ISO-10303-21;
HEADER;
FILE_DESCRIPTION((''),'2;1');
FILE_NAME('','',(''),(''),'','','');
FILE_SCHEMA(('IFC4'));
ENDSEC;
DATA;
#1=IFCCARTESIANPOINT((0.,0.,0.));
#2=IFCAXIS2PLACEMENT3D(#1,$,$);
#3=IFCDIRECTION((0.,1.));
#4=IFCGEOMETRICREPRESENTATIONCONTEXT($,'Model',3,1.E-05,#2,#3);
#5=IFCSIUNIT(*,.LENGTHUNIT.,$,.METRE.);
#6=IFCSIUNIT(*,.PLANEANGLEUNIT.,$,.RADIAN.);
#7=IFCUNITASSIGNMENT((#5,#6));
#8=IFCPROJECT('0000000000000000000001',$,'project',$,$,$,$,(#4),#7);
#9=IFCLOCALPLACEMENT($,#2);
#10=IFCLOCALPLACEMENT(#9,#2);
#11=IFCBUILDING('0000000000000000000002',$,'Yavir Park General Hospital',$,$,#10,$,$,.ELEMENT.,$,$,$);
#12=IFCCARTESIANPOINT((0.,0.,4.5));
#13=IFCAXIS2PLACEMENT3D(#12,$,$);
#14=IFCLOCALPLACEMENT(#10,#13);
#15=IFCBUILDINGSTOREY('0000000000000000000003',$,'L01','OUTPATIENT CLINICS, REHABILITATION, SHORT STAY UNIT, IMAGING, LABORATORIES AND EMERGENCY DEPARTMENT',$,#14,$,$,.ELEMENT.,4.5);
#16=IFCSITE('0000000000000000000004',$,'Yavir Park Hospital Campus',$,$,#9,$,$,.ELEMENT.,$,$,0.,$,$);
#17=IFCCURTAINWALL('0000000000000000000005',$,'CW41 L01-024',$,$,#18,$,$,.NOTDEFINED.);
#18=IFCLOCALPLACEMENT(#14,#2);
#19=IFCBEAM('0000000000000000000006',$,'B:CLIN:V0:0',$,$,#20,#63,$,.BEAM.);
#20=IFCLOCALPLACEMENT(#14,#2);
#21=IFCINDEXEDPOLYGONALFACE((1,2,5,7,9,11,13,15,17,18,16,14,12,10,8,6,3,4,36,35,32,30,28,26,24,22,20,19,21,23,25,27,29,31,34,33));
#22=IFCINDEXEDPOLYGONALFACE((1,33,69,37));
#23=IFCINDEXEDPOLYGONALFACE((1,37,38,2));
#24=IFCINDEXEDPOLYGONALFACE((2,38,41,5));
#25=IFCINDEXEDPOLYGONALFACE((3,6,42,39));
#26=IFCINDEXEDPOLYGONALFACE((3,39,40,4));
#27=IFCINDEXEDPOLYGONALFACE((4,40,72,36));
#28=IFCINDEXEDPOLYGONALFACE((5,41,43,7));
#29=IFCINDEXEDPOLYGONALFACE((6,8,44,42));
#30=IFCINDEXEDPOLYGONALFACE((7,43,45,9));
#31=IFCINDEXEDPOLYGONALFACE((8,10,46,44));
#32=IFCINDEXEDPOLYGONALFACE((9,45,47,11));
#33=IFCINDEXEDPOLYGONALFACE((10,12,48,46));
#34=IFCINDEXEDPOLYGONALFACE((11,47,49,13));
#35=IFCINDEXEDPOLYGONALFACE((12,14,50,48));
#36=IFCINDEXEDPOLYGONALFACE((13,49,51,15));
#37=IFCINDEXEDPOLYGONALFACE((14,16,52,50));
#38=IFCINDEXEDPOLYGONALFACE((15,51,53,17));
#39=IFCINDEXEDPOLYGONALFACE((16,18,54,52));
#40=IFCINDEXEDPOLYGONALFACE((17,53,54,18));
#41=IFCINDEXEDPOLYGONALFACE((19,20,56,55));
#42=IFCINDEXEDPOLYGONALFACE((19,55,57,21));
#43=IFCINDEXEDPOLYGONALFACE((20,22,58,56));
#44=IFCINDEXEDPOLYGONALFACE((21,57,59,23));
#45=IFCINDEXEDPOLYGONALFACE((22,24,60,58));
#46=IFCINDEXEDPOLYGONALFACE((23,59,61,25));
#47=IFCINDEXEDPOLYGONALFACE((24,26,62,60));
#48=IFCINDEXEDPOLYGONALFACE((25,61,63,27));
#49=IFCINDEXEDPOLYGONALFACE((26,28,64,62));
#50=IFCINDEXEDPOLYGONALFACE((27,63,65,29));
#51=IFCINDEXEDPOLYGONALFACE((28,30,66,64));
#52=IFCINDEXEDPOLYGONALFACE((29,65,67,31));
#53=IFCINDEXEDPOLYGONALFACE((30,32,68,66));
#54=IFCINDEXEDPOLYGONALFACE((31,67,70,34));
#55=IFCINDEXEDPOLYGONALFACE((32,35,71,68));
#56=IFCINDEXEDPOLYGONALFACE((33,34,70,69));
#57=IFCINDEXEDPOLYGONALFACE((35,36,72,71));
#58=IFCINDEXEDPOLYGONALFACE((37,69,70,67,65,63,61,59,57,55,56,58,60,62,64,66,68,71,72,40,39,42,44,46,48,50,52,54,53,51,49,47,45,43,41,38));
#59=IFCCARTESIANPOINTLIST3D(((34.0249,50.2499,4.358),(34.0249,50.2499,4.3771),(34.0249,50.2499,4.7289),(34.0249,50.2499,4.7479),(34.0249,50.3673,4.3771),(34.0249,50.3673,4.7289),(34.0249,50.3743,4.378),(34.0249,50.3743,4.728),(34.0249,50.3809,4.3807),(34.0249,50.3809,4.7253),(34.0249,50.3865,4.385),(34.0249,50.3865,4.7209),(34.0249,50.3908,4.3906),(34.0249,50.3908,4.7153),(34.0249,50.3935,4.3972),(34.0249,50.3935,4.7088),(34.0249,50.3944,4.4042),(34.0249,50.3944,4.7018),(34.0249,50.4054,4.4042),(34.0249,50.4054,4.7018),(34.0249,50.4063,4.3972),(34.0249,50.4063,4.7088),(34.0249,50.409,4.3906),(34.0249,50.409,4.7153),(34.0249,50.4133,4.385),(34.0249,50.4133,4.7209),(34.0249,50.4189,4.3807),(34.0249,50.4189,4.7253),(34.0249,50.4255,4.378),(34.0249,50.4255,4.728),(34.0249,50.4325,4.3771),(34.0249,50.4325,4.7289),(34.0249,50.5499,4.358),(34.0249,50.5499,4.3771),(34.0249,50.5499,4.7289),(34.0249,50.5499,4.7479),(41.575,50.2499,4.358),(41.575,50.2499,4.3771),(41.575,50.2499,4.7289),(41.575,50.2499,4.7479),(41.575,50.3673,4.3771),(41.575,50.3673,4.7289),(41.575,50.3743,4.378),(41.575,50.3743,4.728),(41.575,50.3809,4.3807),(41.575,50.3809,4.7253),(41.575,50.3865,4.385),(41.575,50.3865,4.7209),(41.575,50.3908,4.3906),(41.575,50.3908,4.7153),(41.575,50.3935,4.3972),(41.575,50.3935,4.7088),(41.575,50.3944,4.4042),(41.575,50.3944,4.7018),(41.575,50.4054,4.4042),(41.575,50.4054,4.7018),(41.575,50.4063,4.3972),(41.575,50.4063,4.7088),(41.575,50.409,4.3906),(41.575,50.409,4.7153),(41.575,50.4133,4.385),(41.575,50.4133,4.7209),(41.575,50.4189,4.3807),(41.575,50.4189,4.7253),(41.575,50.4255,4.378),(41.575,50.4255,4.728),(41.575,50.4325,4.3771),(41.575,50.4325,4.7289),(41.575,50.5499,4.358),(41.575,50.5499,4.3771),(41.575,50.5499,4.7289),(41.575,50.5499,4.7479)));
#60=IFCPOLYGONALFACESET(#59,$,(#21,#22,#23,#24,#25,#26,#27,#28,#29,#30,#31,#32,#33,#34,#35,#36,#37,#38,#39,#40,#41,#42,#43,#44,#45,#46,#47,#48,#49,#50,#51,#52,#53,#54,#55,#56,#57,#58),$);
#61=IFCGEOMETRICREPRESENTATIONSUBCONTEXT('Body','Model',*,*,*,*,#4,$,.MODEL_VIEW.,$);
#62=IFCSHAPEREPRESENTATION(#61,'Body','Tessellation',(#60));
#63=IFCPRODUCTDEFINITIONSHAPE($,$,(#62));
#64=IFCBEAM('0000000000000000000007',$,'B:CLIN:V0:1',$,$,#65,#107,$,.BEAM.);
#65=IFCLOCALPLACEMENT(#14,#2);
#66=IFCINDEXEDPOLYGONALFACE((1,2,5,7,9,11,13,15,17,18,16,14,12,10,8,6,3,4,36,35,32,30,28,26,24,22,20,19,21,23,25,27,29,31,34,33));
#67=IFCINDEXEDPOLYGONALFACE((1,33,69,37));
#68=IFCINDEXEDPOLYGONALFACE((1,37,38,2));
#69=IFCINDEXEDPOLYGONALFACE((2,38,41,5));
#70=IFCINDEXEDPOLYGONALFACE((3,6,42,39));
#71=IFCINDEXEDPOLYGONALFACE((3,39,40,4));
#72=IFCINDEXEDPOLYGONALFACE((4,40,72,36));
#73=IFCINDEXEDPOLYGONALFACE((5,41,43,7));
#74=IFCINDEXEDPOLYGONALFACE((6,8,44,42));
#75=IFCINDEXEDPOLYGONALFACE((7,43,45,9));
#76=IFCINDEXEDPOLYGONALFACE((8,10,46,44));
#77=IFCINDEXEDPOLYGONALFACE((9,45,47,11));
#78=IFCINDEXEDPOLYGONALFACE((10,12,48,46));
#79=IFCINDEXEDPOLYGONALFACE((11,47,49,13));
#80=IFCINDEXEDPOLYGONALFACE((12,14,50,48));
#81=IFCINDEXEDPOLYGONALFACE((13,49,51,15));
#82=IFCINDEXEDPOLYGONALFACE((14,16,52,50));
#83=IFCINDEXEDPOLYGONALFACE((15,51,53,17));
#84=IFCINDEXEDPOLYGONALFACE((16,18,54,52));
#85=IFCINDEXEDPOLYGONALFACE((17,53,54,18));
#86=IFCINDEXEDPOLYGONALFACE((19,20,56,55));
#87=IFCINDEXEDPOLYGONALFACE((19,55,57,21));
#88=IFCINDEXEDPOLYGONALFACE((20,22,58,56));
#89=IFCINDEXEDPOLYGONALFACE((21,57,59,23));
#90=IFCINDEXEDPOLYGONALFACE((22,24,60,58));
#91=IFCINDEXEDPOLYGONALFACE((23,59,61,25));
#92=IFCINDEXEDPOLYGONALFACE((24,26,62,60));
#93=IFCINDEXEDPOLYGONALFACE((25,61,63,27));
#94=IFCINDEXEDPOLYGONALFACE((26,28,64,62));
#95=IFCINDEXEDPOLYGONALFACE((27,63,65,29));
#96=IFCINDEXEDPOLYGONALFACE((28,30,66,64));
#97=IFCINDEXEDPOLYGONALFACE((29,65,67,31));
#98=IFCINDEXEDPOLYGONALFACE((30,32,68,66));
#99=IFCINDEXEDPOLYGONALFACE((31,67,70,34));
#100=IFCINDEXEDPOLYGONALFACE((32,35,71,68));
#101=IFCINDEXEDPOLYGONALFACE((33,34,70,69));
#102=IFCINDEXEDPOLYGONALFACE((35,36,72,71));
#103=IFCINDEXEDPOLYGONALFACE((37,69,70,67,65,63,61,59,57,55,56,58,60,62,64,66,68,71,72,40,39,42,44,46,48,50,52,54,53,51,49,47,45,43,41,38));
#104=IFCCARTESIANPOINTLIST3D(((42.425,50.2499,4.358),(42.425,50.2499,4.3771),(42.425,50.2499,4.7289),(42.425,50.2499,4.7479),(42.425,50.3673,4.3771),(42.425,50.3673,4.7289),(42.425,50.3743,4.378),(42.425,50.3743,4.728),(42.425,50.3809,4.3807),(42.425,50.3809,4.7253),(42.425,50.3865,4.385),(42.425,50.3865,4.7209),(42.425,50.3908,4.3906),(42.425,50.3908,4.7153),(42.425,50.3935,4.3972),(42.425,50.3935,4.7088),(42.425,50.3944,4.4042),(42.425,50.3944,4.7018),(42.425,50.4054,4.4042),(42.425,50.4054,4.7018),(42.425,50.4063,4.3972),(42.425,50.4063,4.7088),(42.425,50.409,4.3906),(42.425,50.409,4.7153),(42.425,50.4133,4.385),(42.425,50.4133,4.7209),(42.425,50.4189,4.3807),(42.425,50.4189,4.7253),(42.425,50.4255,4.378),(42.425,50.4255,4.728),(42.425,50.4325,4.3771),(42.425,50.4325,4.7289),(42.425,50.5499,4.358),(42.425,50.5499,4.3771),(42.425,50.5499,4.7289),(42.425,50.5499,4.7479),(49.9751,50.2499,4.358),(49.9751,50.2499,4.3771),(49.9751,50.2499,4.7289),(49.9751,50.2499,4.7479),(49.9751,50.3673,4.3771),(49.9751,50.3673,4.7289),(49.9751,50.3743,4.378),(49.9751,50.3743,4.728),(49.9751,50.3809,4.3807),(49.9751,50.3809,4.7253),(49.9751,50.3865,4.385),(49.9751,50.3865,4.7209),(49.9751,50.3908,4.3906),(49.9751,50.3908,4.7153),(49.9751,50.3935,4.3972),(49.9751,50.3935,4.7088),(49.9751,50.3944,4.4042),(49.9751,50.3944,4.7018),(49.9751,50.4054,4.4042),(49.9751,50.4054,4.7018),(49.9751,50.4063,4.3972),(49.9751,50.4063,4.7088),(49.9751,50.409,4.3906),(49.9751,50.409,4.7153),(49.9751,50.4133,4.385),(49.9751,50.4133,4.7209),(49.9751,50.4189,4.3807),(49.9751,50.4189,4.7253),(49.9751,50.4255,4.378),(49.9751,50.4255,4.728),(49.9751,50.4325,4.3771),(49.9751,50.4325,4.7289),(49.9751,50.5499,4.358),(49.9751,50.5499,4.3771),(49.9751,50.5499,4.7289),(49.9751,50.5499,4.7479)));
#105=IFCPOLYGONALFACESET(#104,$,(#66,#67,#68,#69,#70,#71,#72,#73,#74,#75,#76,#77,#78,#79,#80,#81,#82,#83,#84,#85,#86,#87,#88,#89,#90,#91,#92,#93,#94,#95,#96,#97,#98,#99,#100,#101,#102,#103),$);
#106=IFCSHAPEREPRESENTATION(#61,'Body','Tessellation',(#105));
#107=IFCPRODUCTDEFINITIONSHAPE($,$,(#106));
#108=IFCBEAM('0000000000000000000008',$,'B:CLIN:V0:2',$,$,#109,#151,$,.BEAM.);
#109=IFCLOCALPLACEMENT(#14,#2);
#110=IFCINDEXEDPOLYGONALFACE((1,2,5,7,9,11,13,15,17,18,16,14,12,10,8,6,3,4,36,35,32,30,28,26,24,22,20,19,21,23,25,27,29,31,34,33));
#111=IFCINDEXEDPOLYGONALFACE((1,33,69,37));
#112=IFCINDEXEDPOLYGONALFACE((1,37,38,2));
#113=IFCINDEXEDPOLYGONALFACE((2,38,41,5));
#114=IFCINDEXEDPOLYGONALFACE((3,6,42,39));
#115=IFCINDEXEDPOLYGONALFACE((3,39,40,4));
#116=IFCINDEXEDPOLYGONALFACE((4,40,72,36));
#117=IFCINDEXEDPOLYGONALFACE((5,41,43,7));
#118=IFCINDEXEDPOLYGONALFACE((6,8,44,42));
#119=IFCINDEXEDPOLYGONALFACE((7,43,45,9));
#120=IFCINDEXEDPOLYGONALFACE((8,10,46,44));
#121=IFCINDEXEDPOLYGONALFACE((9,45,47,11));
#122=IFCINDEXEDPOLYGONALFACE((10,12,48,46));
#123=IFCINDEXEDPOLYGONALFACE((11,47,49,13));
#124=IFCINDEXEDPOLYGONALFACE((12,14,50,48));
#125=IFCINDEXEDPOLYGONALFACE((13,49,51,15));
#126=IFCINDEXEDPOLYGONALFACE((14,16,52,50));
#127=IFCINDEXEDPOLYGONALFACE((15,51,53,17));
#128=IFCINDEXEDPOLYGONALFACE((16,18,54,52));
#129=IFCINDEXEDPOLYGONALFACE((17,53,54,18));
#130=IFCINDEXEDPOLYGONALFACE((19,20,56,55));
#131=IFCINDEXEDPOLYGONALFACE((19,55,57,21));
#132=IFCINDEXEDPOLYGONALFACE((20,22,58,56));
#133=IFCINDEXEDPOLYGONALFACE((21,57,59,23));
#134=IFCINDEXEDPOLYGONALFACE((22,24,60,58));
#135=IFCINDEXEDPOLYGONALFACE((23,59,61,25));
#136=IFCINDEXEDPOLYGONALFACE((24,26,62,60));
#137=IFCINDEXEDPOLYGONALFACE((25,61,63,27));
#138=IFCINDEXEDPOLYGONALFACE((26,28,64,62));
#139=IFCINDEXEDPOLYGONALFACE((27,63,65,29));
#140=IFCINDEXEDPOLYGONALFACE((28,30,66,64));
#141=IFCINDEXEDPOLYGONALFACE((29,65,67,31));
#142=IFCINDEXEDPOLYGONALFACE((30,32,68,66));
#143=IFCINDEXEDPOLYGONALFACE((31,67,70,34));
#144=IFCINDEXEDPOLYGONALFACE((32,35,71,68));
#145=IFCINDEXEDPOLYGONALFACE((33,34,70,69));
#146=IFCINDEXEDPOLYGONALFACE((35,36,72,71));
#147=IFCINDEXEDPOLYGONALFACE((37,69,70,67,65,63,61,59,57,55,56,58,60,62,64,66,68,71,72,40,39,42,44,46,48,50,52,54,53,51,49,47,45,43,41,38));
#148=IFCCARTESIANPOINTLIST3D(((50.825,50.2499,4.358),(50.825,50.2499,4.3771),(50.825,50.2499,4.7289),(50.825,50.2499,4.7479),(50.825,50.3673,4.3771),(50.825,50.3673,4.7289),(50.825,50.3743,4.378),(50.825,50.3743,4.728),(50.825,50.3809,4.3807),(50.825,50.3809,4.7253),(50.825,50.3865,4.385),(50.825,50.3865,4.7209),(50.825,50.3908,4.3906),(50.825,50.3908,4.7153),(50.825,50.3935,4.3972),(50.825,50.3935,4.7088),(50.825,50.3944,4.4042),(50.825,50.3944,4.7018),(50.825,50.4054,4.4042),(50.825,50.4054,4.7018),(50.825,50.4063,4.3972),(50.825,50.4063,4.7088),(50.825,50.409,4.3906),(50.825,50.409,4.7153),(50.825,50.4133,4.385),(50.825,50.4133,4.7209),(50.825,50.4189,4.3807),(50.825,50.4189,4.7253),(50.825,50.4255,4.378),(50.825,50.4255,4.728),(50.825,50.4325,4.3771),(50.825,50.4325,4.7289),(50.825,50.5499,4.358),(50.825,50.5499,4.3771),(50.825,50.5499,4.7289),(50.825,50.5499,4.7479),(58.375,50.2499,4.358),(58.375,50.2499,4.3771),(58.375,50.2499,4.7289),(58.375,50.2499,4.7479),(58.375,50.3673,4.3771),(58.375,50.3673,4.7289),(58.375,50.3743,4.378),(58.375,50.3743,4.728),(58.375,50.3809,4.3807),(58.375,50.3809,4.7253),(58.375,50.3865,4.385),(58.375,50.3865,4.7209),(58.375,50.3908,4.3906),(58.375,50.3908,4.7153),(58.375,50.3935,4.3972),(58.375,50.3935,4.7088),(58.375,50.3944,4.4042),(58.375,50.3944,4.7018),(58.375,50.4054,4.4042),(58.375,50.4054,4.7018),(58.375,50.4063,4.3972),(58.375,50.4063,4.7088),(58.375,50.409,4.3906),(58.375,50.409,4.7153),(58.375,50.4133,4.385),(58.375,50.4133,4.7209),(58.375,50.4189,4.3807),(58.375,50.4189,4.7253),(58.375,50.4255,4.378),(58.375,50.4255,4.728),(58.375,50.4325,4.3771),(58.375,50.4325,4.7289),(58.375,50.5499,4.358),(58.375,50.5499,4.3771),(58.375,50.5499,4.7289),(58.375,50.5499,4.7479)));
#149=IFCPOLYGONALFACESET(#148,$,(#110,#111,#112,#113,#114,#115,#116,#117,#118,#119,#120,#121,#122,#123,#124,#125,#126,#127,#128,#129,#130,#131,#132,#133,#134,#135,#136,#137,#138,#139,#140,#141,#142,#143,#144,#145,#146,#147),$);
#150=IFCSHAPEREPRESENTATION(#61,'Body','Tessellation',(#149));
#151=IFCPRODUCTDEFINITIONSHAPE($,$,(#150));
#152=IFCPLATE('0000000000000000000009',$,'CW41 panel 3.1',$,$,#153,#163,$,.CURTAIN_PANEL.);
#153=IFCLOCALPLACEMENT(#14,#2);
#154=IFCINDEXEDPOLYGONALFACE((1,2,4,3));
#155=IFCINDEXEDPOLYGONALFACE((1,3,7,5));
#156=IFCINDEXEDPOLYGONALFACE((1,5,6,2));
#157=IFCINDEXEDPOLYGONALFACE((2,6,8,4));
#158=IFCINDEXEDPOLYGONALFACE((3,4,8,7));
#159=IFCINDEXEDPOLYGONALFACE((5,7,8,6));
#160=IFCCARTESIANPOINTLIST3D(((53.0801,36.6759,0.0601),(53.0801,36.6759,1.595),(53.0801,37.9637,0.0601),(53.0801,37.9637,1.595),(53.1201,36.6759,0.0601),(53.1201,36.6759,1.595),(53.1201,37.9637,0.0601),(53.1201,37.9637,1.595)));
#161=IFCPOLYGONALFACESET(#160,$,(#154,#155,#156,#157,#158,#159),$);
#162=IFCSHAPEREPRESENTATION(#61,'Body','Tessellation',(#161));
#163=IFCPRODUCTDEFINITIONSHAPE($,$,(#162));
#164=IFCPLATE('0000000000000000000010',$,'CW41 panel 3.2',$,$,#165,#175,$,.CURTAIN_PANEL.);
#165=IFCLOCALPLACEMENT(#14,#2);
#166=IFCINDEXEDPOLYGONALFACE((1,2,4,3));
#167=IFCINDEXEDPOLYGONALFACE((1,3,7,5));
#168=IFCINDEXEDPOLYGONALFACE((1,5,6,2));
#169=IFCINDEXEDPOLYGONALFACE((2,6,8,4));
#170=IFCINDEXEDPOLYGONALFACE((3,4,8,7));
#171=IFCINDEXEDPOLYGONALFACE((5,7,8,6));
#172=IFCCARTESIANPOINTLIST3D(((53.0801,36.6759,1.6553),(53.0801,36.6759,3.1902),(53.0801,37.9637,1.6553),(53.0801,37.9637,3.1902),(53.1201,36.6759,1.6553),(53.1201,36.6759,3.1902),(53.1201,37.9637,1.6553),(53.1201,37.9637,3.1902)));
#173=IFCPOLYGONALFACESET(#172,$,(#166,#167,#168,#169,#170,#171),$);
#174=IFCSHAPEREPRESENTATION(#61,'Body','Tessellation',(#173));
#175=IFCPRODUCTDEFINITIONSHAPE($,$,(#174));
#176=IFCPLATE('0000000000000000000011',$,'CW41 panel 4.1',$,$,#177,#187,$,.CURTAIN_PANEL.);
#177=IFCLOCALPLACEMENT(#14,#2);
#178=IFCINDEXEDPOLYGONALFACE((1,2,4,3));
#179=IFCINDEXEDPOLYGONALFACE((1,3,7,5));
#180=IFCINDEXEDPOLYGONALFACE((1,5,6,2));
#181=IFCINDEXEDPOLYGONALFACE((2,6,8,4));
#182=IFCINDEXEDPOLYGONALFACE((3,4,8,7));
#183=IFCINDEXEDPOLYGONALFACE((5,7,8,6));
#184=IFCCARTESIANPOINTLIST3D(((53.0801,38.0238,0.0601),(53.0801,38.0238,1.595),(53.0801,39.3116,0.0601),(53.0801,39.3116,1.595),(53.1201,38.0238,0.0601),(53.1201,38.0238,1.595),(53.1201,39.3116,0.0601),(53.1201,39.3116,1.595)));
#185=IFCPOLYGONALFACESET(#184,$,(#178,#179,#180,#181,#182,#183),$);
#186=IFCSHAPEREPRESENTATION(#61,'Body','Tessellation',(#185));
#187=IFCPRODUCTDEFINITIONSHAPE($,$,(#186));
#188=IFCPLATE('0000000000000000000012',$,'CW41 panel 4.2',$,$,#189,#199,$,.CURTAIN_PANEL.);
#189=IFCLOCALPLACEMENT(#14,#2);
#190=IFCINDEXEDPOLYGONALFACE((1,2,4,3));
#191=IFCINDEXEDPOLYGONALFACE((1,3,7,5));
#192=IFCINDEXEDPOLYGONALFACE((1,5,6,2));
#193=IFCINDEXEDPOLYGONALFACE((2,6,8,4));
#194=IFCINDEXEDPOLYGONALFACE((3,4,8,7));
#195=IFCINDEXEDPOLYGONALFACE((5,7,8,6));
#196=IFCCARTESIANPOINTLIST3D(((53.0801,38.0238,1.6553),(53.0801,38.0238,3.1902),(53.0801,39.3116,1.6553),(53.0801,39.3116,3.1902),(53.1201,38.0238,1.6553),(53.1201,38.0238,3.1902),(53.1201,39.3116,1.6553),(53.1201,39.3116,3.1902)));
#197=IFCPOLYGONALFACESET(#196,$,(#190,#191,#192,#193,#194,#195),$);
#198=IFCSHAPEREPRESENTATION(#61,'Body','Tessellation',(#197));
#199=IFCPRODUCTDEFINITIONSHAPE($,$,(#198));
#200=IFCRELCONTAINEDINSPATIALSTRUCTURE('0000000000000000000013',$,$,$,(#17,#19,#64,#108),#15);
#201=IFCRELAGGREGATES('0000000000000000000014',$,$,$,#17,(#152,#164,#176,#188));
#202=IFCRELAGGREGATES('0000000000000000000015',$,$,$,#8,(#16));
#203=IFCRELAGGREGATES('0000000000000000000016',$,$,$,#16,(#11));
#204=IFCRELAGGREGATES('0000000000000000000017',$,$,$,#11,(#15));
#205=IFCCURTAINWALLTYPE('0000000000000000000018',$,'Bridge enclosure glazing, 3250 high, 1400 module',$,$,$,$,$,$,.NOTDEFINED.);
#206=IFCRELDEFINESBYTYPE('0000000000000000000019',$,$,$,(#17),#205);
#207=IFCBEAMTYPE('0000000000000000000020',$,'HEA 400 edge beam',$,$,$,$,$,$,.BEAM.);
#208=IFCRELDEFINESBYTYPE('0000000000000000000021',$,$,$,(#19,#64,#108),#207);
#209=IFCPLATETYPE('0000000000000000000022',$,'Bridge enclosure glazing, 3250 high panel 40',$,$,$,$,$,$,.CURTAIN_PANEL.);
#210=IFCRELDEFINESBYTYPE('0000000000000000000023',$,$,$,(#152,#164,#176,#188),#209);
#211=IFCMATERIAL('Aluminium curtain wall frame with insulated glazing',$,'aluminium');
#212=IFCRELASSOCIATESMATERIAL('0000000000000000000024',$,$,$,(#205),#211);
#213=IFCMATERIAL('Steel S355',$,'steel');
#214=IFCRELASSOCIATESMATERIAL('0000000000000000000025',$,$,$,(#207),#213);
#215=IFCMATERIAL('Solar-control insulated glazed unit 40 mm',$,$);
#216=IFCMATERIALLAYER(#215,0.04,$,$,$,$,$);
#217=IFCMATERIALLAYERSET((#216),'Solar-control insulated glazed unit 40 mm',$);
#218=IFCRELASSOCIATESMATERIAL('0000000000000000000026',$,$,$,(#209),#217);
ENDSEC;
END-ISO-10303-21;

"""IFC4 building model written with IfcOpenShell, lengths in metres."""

from ifc_helpers import new_model, si_unit, direction, frame, origin, origin_2d, place, context, subcontext, project, spatial, rectangle, i_section, extrude, material, layer, layer_set, material_profile, profile_set, type_object, element, aggregate, save


model = new_model("IFC4")

# Units and contexts
model_context = context("Model", 3, precision=1e-05, world=origin(), true_north=direction((0.0, 1.0)))
body_context = subcontext(model_context, "Body", "Model", "MODEL_VIEW")
ifc_project = project(units=[si_unit("LENGTHUNIT", "METRE"), si_unit("PLANEANGLEUNIT", "RADIAN")], contexts=[model_context])

# Site, building, storey
site_placement = place(None, origin())
site = spatial("IfcSite", under=ifc_project, at=site_placement, Name="Yavir Park Hospital Campus", CompositionType="ELEMENT", RefElevation=0.0)
building_placement = place(site_placement, origin())
building = spatial("IfcBuilding", under=site, at=building_placement, Name="Yavir Park General Hospital", CompositionType="ELEMENT")
storey_placement = place(building_placement, frame((0.0, 0.0, 4.5)))
storey = spatial("IfcBuildingStorey", under=building, at=storey_placement, Name="L01", Description="OUTPATIENT CLINICS, REHABILITATION, SHORT STAY UNIT, IMAGING, LABORATORIES AND EMERGENCY DEPARTMENT", CompositionType="ELEMENT", Elevation=4.5)

# Curtain wall
ifc_material_1 = material(Name="Aluminium curtain wall frame with insulated glazing", Category="aluminium")
curtain_wall_type = type_object("IfcCurtainWallType", Name="Bridge enclosure glazing, 3250 high, 1400 module", PredefinedType="NOTDEFINED", material=ifc_material_1)
curtain_wall_placement = place(storey_placement, origin())
curtain_wall = element("IfcCurtainWall", 1, at=curtain_wall_placement, inside=storey, type_object=curtain_wall_type, Name="CW41 L01-024", PredefinedType="NOTDEFINED")

# Beams
ifc_material_2 = material(Name="Steel S355", Category="steel")
ifc_material_profile_1 = material_profile(ifc_material_2, i_section(OverallWidth=0.3, OverallDepth=0.3899, WebThickness=0.011, FlangeThickness=0.019, FilletRadius=0.0271, at=origin_2d()), Name="HEA400")
ifc_profile_set_1 = profile_set([ifc_material_profile_1], Name="Steel S355")
beam_type_1 = type_object("IfcBeamType", Name="HEA 400 edge beam", PredefinedType="BEAM", material=ifc_profile_set_1)
for number, where, z_axis, x_axis, name in (
    (2, (34.0249, 50.3999, 4.553), (1.0, 0.0, 0.0), (0.0, 1.0, 0.0), "B:CLIN:V0:0"),
    (3, (42.425, 50.3999, 4.553), (1.0, 0.0, 0.0), (0.0, 1.0, 0.0), "B:CLIN:V0:1"),
    (4, (50.825, 50.3999, 4.553), (1.0, 0.0, 0.0), (0.0, 1.0, 0.0), "B:CLIN:V0:2"),
):
    element("IfcBeam", number, at=place(storey_placement, frame(where, z_axis=z_axis, x_axis=x_axis)), inside=storey, type_object=beam_type_1, Name=name, PredefinedType="BEAM", context=body_context, shape_type="SweptSolid", body=[
        extrude(i_section(OverallWidth=0.3, OverallDepth=0.3899, WebThickness=0.011, FlangeThickness=0.019, FilletRadius=0.0271, at=origin_2d()), origin(), (0.0, 0.0, 1.0), 7.55),
    ])

# Plates
ifc_material_3 = material(Name="Solar-control insulated glazed unit 40 mm")
ifc_layer_1 = layer(ifc_material_3, 0.04)
ifc_layer_set_1 = layer_set([ifc_layer_1], Name="Solar-control insulated glazed unit 40 mm")
plate_type = type_object("IfcPlateType", Name="Bridge enclosure glazing, 3250 high panel 40", PredefinedType="CURTAIN_PANEL", material=ifc_layer_set_1)
plate_1_placement = place(storey_placement, frame((53.1001, 37.3198, 0.0601), z_axis=(0.0, 0.0, 1.0), x_axis=(0.0, 1.0, 0.0)))
plate_1 = element("IfcPlate", 5, at=plate_1_placement, type_object=plate_type, Name="CW41 panel 3.1", PredefinedType="CURTAIN_PANEL", context=body_context, shape_type="SweptSolid", body=[
    extrude(rectangle(XDim=1.2878, YDim=0.04, at=origin_2d()), origin(), (0.0, 0.0, 1.0), 1.5349),
])
plate_2_placement = place(storey_placement, frame((53.1001, 37.3198, 1.6553), z_axis=(0.0, 0.0, 1.0), x_axis=(0.0, 1.0, 0.0)))
plate_2 = element("IfcPlate", 6, at=plate_2_placement, type_object=plate_type, Name="CW41 panel 3.2", PredefinedType="CURTAIN_PANEL", context=body_context, shape_type="SweptSolid", body=[
    extrude(rectangle(XDim=1.2878, YDim=0.04, at=origin_2d()), origin(), (0.0, 0.0, 1.0), 1.5349),
])
plate_3_placement = place(storey_placement, frame((53.1001, 38.6677, 0.0601), z_axis=(0.0, 0.0, 1.0), x_axis=(0.0, 1.0, 0.0)))
plate_3 = element("IfcPlate", 7, at=plate_3_placement, type_object=plate_type, Name="CW41 panel 4.1", PredefinedType="CURTAIN_PANEL", context=body_context, shape_type="SweptSolid", body=[
    extrude(rectangle(XDim=1.2878, YDim=0.04, at=origin_2d()), origin(), (0.0, 0.0, 1.0), 1.5349),
])
plate_4_placement = place(storey_placement, frame((53.1001, 38.6677, 1.6553), z_axis=(0.0, 0.0, 1.0), x_axis=(0.0, 1.0, 0.0)))
plate_4 = element("IfcPlate", 8, at=plate_4_placement, type_object=plate_type, Name="CW41 panel 4.2", PredefinedType="CURTAIN_PANEL", context=body_context, shape_type="SweptSolid", body=[
    extrude(rectangle(XDim=1.2878, YDim=0.04, at=origin_2d()), origin(), (0.0, 0.0, 1.0), 1.5349),
])
aggregate(curtain_wall, [plate_1, plate_2, plate_3, plate_4])

save(model, "model.ifc")
